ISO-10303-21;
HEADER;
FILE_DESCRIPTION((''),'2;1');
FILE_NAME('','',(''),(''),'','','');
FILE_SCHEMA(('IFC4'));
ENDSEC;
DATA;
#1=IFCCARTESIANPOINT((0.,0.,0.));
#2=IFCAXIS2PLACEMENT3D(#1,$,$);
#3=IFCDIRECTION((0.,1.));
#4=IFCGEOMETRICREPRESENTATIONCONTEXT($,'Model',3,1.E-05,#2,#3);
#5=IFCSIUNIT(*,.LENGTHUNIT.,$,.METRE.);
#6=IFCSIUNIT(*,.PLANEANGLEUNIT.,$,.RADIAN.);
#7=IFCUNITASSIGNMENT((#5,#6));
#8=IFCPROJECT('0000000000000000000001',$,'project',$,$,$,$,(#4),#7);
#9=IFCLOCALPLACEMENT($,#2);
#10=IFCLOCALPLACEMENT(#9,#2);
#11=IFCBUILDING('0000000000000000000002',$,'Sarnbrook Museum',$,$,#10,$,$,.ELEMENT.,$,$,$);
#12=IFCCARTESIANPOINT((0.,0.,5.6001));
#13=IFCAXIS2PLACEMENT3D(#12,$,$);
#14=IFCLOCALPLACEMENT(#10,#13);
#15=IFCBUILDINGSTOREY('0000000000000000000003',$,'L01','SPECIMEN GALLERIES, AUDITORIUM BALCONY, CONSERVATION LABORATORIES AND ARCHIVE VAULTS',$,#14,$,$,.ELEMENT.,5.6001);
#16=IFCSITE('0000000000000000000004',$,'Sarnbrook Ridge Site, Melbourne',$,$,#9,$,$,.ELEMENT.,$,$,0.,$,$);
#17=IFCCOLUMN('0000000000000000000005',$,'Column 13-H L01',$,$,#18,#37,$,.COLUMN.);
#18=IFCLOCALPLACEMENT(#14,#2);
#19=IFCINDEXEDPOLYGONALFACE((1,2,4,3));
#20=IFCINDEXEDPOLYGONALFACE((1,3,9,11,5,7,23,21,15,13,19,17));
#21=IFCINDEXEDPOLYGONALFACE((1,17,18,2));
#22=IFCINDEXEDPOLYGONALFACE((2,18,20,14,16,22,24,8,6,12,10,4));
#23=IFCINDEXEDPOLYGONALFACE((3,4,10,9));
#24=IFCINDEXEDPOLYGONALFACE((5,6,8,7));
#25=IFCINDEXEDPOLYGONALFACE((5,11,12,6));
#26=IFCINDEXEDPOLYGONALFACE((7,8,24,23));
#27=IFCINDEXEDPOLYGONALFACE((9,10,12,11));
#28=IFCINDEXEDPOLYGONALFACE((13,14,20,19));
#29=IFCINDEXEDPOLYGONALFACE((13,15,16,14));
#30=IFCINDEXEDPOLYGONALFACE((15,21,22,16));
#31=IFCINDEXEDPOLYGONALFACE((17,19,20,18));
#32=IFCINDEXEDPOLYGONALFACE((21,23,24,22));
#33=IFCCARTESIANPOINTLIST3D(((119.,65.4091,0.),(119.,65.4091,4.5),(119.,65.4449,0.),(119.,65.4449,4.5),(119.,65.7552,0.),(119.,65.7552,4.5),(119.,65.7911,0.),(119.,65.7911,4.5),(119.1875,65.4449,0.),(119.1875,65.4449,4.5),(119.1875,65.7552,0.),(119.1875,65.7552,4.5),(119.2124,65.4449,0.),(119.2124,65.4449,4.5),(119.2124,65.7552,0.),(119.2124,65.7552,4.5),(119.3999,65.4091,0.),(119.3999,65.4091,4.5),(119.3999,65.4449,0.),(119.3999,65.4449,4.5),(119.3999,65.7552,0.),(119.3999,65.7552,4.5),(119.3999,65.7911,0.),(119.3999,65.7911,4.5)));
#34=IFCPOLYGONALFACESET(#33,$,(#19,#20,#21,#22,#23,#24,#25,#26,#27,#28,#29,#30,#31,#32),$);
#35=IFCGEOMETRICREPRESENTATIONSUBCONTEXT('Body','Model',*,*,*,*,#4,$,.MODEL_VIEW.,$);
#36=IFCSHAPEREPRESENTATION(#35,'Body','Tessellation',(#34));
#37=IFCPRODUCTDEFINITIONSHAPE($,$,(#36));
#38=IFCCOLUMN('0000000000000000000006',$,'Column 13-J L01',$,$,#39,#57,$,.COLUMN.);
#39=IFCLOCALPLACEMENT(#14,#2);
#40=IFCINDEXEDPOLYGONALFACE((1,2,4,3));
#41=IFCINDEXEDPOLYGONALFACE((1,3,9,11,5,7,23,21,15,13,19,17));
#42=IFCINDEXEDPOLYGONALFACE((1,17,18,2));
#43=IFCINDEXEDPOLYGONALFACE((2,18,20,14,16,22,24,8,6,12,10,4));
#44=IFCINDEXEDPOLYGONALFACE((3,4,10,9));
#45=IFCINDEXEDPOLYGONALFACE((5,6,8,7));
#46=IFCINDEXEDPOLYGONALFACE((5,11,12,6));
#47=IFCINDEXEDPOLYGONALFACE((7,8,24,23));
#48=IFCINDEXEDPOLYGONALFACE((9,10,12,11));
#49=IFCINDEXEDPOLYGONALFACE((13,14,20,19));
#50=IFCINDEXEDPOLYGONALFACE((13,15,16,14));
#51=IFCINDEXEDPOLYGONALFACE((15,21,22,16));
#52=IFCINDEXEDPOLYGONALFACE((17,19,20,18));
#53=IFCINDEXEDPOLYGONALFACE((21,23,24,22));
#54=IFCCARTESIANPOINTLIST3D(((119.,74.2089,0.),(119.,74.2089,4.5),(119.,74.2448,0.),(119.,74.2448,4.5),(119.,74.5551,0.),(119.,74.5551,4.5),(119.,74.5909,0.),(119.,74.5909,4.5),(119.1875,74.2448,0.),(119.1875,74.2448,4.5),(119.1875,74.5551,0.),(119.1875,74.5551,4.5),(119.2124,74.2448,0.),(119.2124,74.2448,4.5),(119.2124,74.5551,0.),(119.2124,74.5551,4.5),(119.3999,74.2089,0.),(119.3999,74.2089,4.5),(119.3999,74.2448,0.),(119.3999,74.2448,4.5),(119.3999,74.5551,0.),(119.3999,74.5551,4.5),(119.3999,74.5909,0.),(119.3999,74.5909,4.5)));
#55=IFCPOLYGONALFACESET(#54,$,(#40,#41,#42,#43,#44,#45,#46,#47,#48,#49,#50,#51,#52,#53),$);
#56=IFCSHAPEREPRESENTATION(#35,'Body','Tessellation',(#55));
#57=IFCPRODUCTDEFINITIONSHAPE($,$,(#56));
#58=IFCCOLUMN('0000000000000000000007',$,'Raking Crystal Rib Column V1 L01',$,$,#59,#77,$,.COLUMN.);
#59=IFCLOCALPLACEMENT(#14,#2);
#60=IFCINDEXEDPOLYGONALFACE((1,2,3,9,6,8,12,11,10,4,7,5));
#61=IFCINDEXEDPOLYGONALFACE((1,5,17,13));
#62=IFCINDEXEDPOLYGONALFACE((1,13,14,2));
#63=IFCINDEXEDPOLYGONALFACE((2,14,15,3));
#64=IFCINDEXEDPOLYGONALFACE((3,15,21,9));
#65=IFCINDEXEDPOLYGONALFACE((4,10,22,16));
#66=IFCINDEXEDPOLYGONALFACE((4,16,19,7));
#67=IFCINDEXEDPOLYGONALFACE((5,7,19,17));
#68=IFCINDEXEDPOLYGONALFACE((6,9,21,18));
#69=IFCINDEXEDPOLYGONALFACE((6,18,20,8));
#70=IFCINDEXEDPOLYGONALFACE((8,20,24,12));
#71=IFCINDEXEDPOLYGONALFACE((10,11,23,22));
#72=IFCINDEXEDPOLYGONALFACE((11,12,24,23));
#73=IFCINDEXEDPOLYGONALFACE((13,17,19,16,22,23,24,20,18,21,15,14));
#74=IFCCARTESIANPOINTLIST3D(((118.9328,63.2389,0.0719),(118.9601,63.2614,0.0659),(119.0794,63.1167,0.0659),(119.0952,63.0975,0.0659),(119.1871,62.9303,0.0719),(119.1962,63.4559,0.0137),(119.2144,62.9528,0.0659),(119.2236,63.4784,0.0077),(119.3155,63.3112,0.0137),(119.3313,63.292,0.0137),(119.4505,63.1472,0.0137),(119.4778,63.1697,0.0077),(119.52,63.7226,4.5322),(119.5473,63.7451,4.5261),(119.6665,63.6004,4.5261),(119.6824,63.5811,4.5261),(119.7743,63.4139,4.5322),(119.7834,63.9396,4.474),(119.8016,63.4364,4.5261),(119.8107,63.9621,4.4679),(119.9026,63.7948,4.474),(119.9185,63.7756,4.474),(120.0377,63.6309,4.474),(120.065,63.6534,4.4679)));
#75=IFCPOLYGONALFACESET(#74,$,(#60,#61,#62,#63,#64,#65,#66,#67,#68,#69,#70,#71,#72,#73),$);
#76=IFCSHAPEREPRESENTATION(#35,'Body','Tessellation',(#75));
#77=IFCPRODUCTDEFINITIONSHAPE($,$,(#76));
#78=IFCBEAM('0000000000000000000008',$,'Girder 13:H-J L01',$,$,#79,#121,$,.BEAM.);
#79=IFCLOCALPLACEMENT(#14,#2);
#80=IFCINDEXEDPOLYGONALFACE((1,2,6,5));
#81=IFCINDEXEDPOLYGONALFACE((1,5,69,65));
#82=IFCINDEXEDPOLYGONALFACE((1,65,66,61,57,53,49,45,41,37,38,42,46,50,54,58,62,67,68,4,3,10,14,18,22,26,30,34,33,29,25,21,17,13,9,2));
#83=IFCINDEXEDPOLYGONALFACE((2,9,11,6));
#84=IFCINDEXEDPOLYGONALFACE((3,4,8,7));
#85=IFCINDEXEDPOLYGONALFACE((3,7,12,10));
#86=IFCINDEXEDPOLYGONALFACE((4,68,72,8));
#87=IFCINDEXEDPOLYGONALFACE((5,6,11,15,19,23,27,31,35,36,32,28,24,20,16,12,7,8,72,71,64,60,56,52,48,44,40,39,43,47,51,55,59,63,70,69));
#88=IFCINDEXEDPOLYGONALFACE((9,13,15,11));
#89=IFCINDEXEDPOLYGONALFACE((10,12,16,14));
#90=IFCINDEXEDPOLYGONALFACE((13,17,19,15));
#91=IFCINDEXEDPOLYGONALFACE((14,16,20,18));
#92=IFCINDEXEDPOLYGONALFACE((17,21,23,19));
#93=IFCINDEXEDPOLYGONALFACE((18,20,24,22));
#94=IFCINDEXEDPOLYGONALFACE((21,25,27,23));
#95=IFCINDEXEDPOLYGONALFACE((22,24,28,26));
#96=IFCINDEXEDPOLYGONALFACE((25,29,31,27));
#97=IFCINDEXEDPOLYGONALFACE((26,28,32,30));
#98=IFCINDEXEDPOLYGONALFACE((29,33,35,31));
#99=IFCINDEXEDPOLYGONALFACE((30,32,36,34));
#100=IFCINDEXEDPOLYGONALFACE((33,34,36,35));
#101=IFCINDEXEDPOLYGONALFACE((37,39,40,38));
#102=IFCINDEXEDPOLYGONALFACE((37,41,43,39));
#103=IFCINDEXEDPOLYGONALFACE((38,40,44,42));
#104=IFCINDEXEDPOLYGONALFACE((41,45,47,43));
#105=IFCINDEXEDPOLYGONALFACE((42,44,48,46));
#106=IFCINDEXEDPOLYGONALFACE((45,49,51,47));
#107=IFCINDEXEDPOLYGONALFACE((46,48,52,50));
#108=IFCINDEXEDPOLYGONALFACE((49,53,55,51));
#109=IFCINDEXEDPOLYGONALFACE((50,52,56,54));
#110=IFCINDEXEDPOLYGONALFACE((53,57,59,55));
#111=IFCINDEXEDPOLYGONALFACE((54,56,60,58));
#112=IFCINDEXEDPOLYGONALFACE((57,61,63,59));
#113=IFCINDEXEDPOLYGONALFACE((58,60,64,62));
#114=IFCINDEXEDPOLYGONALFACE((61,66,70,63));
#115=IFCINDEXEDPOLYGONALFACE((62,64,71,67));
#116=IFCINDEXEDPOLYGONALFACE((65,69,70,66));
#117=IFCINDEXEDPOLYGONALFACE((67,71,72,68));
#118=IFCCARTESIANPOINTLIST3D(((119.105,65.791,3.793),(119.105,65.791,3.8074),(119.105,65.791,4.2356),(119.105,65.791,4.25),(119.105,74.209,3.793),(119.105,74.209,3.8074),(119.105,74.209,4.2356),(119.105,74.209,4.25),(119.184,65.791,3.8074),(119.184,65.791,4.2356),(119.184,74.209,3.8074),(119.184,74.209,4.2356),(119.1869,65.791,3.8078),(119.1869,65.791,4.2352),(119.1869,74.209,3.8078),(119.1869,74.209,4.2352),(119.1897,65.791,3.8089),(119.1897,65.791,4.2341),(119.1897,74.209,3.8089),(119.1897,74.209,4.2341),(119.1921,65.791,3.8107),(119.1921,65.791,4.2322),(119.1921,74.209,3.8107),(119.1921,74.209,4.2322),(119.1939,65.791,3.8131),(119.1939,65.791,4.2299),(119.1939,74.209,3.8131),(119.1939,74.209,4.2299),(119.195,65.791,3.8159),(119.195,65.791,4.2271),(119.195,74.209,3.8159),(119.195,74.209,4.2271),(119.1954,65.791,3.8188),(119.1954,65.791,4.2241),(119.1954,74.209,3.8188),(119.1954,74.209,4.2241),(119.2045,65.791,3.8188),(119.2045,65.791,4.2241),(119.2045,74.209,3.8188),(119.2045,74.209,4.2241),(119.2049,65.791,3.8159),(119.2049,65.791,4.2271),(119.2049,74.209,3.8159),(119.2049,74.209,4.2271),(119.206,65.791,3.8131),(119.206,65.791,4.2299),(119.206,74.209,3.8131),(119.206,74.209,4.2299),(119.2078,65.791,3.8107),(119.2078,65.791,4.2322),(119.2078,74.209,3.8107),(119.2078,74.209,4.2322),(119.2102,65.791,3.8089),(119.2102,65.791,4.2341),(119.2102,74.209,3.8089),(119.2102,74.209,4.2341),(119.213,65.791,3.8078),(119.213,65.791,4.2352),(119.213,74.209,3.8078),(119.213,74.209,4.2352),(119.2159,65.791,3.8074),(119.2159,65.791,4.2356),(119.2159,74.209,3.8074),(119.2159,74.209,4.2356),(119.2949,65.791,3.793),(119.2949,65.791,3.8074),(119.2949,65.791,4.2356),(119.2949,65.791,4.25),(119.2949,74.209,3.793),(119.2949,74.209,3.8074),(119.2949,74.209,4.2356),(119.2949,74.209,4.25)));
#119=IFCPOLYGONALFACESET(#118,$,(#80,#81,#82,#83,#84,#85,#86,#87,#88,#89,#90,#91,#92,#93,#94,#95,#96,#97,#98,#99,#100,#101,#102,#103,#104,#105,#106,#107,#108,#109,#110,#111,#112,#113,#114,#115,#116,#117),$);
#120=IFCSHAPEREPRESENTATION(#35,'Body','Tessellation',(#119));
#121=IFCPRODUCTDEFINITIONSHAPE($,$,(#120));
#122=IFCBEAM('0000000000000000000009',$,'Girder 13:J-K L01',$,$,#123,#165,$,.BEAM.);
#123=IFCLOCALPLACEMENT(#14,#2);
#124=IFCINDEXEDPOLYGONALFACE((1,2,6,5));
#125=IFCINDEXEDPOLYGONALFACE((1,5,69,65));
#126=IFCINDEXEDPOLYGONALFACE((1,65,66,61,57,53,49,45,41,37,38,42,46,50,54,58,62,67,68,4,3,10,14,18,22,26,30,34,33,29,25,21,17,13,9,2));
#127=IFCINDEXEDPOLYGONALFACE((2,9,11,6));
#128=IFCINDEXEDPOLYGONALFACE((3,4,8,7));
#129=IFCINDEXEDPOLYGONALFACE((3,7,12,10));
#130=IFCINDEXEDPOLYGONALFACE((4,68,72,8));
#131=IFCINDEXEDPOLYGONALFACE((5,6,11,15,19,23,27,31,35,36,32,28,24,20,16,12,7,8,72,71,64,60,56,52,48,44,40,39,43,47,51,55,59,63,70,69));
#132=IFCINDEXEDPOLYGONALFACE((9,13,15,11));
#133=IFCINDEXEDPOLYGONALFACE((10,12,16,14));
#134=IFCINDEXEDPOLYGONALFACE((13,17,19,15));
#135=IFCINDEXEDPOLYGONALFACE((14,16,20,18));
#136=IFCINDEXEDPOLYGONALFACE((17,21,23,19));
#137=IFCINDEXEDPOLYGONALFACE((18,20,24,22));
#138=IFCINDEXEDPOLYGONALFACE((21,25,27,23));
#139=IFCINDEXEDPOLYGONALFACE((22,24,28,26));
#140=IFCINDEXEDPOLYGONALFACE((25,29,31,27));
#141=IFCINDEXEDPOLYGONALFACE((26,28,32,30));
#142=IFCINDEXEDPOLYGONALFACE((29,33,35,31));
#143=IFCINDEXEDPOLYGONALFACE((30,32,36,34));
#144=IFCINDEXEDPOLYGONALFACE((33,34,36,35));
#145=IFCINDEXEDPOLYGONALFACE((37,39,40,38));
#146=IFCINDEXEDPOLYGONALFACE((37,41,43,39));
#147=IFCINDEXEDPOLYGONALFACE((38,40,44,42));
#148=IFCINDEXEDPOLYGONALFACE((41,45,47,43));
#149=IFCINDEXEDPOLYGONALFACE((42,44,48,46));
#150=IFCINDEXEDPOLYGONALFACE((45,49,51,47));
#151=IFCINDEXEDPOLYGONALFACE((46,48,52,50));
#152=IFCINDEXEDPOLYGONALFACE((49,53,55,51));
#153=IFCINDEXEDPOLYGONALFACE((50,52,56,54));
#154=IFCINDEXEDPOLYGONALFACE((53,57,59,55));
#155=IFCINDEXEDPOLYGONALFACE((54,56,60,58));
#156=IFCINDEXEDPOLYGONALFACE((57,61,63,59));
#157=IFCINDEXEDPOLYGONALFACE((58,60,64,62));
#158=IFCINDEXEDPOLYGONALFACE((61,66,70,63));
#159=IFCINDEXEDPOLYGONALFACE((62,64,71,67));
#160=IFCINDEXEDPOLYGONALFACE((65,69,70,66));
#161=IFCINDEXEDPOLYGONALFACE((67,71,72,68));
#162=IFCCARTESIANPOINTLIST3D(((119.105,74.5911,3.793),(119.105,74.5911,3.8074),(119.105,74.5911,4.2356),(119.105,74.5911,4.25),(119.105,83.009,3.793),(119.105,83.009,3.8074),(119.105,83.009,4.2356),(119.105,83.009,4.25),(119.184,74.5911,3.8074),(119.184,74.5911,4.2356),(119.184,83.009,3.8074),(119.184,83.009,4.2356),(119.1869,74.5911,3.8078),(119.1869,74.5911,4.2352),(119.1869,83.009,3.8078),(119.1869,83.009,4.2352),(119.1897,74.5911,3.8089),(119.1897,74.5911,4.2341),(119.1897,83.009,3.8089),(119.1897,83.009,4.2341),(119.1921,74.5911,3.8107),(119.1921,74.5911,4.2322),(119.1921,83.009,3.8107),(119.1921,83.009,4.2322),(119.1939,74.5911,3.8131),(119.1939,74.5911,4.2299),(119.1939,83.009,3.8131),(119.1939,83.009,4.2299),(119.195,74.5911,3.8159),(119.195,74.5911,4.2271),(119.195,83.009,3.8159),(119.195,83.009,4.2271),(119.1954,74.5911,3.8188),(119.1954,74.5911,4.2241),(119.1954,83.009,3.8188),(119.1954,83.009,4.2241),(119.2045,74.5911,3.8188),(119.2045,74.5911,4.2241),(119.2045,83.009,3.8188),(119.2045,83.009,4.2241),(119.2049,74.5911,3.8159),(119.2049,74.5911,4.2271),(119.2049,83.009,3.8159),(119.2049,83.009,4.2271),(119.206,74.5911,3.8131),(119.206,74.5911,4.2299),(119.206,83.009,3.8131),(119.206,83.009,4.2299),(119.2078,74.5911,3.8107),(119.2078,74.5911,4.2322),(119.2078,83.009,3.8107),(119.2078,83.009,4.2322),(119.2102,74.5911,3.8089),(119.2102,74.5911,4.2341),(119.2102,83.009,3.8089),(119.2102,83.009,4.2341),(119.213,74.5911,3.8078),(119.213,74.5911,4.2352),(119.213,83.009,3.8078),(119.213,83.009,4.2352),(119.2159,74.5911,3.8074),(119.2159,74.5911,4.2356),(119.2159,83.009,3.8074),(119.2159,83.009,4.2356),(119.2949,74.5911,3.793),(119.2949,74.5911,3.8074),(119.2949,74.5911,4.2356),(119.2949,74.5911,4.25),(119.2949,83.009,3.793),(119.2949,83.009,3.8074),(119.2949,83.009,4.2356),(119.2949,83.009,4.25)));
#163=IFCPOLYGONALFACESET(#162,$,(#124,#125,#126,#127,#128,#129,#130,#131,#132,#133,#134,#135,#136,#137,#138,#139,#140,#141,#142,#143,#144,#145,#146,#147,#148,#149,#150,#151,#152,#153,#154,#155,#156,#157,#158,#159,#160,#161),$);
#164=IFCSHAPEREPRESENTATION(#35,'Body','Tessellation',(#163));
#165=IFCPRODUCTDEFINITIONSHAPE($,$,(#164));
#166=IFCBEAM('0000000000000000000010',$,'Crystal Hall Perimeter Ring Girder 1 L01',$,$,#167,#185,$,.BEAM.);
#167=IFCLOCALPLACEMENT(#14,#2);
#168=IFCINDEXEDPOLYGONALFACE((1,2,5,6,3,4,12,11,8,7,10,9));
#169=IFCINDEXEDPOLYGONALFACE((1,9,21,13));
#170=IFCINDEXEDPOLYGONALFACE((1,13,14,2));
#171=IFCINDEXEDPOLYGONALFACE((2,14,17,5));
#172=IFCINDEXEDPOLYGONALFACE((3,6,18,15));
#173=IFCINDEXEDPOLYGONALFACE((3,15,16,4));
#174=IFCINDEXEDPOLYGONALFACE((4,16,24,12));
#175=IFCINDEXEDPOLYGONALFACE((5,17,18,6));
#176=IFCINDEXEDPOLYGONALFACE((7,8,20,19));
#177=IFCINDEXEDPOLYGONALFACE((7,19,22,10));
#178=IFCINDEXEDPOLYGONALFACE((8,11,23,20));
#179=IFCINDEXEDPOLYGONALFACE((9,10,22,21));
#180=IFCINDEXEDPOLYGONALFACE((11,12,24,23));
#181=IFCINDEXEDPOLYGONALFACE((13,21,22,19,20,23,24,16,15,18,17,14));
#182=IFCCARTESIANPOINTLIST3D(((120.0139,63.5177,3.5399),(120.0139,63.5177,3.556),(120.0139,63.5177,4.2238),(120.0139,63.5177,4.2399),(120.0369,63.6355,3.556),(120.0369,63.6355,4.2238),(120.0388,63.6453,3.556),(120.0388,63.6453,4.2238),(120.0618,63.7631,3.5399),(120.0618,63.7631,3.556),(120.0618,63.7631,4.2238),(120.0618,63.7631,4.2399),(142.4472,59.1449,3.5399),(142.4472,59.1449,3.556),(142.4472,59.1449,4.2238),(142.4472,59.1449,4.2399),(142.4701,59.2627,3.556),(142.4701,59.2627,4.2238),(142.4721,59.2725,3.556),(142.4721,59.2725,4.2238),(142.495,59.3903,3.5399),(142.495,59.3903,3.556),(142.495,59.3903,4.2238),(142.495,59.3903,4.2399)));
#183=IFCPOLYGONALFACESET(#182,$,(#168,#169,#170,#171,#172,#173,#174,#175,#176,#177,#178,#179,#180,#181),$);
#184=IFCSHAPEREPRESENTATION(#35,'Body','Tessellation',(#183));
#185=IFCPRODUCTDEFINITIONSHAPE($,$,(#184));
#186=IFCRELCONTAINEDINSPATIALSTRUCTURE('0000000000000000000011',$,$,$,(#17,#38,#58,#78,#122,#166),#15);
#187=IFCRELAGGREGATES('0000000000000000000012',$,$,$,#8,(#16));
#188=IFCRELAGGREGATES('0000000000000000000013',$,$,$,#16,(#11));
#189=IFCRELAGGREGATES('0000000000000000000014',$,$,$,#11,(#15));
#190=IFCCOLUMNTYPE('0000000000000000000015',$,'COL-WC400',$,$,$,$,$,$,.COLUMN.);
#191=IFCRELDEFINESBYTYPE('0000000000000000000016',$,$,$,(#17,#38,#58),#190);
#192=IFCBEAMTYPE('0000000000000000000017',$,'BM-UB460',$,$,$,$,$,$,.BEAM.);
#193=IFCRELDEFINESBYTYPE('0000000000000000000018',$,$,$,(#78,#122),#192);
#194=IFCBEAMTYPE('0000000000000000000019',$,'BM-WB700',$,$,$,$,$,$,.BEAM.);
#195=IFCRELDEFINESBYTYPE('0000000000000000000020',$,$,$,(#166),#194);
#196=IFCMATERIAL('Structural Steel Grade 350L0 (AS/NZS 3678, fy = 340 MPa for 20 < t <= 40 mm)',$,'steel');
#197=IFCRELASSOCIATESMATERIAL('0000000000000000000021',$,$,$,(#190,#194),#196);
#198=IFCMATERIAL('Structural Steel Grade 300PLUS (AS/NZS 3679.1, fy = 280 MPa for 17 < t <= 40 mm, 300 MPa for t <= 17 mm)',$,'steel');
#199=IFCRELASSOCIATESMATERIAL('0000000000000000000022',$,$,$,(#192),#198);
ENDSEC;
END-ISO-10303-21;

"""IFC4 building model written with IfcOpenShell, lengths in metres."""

from ifc_helpers import new_model, si_unit, direction, frame, origin, origin_2d, place, context, subcontext, project, spatial, i_section, extrude, material, material_profile, profile_set, type_object, element, save


model = new_model("IFC4")

# Units and contexts
model_context = context("Model", 3, precision=1e-05, world=origin(), true_north=direction((0.0, 1.0)))
body_context = subcontext(model_context, "Body", "Model", "MODEL_VIEW")
ifc_project = project(units=[si_unit("LENGTHUNIT", "METRE"), si_unit("PLANEANGLEUNIT", "RADIAN")], contexts=[model_context])

# Site, building, storey
site_placement = place(None, origin())
site = spatial("IfcSite", under=ifc_project, at=site_placement, Name="Sarnbrook Ridge Site, Melbourne", CompositionType="ELEMENT", RefElevation=0.0)
building_placement = place(site_placement, origin())
building = spatial("IfcBuilding", under=site, at=building_placement, Name="Sarnbrook Museum", CompositionType="ELEMENT")
storey_placement = place(building_placement, frame((0.0, 0.0, 5.6001)))
storey = spatial("IfcBuildingStorey", under=building, at=storey_placement, Name="L01", Description="SPECIMEN GALLERIES, AUDITORIUM BALCONY, CONSERVATION LABORATORIES AND ARCHIVE VAULTS", CompositionType="ELEMENT", Elevation=5.6001)

# Columns
ifc_material_1 = material(Name="Structural Steel Grade 350L0 (AS/NZS 3678, fy = 340 MPa for 20 < t <= 40 mm)", Category="steel")
ifc_material_profile_1 = material_profile(ifc_material_1, i_section(OverallWidth=0.3999, OverallDepth=0.3821, WebThickness=0.0249, FlangeThickness=0.0359, at=origin_2d()), Name="400WC270")
ifc_profile_set_1 = profile_set([ifc_material_profile_1], Name="Structural Steel Grade 350L0 (AS/NZS 3678, fy = 340 MPa for 20 < t <= 40 mm)")
column_type = type_object("IfcColumnType", Name="COL-WC400", PredefinedType="COLUMN", material=ifc_profile_set_1)
for number, where, z_axis, x_axis, name in (
    (1, (119.2, 65.6001, 0.0), (0.0, 0.0, 1.0), (1.0, 0.0, 0.0), "Column 13-H L01"),
    (2, (119.2, 74.3999, 0.0), (0.0, 0.0, 1.0), (1.0, 0.0, 0.0), "Column 13-J L01"),
):
    element("IfcColumn", number, at=place(storey_placement, frame(where, z_axis=z_axis, x_axis=x_axis)), inside=storey, type_object=column_type, Name=name, PredefinedType="COLUMN", context=body_context, shape_type="SweptSolid", body=[
        extrude(i_section(OverallWidth=0.3999, OverallDepth=0.3821, WebThickness=0.0249, FlangeThickness=0.0359, at=origin_2d()), origin(), (0.0, 0.0, 1.0), 4.5),
    ])
column_placement = place(storey_placement, frame((119.2053, 63.2043, 0.0398), z_axis=(0.12977, 0.106892, 0.985766), x_axis=(-0.635786, 0.771865, 0.0)))
element("IfcColumn", 3, at=column_placement, inside=storey, type_object=column_type, Name="Raking Crystal Rib Column V1 L01", PredefinedType="COLUMN", context=body_context, shape_type="SweptSolid", body=[
    extrude(i_section(OverallWidth=0.3999, OverallDepth=0.3821, WebThickness=0.0249, FlangeThickness=0.0359, at=origin_2d()), origin(), (0.0, 0.0, 1.0), 4.5247),
])

# Beams
ifc_material_2 = material(Name="Structural Steel Grade 300PLUS (AS/NZS 3679.1, fy = 280 MPa for 17 < t <= 40 mm, 300 MPa for t <= 17 mm)", Category="steel")
ifc_material_profile_2 = material_profile(ifc_material_2, i_section(OverallWidth=0.1899, OverallDepth=0.457, WebThickness=0.009, FlangeThickness=0.0144, FilletRadius=0.0115, at=origin_2d()), Name="460UB74.6")
ifc_profile_set_2 = profile_set([ifc_material_profile_2], Name="Structural Steel Grade 300PLUS (AS/NZS 3679.1, fy = 280 MPa for 17 < t <= 40 mm, 300 MPa for t <= 17 mm)")
beam_type_1 = type_object("IfcBeamType", Name="BM-UB460", PredefinedType="BEAM", material=ifc_profile_set_2)
for number, where, z_axis, x_axis, name in (
    (4, (119.2, 65.791, 4.0215), (0.0, 1.0, 0.0), (-1.0, 0.0, 0.0), "Girder 13:H-J L01"),
    (5, (119.2, 74.5911, 4.0215), (0.0, 1.0, 0.0), (-1.0, 0.0, 0.0), "Girder 13:J-K L01"),
):
    element("IfcBeam", number, at=place(storey_placement, frame(where, z_axis=z_axis, x_axis=x_axis)), inside=storey, type_object=beam_type_1, Name=name, PredefinedType="BEAM", context=body_context, shape_type="SweptSolid", body=[
        extrude(i_section(OverallWidth=0.1899, OverallDepth=0.457, WebThickness=0.009, FlangeThickness=0.0144, FilletRadius=0.0115, at=origin_2d()), origin(), (0.0, 0.0, 1.0), 8.418),
    ])
ifc_material_profile_3 = material_profile(ifc_material_1, i_section(OverallWidth=0.25, OverallDepth=0.7, WebThickness=0.01, FlangeThickness=0.0161, at=origin_2d()), Name="700WB130")
ifc_profile_set_3 = profile_set([ifc_material_profile_3], Name="Structural Steel Grade 350L0 (AS/NZS 3678, fy = 340 MPa for 20 < t <= 40 mm)")
beam_type_2 = type_object("IfcBeamType", Name="BM-WB700", PredefinedType="BEAM", material=ifc_profile_set_3)
beam_1_placement = place(storey_placement, frame((120.0378, 63.6404, 3.8899), z_axis=(0.981527, -0.191323, 0.0), x_axis=(0.191323, 0.981527, 0.0)))
element("IfcBeam", 6, at=beam_1_placement, inside=storey, type_object=beam_type_2, Name="Crystal Hall Perimeter Ring Girder 1 L01", PredefinedType="BEAM", context=body_context, shape_type="SweptSolid", body=[
    extrude(i_section(OverallWidth=0.25, OverallDepth=0.7, WebThickness=0.01, FlangeThickness=0.0161, at=origin_2d()), origin(), (0.0, 0.0, 1.0), 22.8555),
])

save(model, "model.ifc")
